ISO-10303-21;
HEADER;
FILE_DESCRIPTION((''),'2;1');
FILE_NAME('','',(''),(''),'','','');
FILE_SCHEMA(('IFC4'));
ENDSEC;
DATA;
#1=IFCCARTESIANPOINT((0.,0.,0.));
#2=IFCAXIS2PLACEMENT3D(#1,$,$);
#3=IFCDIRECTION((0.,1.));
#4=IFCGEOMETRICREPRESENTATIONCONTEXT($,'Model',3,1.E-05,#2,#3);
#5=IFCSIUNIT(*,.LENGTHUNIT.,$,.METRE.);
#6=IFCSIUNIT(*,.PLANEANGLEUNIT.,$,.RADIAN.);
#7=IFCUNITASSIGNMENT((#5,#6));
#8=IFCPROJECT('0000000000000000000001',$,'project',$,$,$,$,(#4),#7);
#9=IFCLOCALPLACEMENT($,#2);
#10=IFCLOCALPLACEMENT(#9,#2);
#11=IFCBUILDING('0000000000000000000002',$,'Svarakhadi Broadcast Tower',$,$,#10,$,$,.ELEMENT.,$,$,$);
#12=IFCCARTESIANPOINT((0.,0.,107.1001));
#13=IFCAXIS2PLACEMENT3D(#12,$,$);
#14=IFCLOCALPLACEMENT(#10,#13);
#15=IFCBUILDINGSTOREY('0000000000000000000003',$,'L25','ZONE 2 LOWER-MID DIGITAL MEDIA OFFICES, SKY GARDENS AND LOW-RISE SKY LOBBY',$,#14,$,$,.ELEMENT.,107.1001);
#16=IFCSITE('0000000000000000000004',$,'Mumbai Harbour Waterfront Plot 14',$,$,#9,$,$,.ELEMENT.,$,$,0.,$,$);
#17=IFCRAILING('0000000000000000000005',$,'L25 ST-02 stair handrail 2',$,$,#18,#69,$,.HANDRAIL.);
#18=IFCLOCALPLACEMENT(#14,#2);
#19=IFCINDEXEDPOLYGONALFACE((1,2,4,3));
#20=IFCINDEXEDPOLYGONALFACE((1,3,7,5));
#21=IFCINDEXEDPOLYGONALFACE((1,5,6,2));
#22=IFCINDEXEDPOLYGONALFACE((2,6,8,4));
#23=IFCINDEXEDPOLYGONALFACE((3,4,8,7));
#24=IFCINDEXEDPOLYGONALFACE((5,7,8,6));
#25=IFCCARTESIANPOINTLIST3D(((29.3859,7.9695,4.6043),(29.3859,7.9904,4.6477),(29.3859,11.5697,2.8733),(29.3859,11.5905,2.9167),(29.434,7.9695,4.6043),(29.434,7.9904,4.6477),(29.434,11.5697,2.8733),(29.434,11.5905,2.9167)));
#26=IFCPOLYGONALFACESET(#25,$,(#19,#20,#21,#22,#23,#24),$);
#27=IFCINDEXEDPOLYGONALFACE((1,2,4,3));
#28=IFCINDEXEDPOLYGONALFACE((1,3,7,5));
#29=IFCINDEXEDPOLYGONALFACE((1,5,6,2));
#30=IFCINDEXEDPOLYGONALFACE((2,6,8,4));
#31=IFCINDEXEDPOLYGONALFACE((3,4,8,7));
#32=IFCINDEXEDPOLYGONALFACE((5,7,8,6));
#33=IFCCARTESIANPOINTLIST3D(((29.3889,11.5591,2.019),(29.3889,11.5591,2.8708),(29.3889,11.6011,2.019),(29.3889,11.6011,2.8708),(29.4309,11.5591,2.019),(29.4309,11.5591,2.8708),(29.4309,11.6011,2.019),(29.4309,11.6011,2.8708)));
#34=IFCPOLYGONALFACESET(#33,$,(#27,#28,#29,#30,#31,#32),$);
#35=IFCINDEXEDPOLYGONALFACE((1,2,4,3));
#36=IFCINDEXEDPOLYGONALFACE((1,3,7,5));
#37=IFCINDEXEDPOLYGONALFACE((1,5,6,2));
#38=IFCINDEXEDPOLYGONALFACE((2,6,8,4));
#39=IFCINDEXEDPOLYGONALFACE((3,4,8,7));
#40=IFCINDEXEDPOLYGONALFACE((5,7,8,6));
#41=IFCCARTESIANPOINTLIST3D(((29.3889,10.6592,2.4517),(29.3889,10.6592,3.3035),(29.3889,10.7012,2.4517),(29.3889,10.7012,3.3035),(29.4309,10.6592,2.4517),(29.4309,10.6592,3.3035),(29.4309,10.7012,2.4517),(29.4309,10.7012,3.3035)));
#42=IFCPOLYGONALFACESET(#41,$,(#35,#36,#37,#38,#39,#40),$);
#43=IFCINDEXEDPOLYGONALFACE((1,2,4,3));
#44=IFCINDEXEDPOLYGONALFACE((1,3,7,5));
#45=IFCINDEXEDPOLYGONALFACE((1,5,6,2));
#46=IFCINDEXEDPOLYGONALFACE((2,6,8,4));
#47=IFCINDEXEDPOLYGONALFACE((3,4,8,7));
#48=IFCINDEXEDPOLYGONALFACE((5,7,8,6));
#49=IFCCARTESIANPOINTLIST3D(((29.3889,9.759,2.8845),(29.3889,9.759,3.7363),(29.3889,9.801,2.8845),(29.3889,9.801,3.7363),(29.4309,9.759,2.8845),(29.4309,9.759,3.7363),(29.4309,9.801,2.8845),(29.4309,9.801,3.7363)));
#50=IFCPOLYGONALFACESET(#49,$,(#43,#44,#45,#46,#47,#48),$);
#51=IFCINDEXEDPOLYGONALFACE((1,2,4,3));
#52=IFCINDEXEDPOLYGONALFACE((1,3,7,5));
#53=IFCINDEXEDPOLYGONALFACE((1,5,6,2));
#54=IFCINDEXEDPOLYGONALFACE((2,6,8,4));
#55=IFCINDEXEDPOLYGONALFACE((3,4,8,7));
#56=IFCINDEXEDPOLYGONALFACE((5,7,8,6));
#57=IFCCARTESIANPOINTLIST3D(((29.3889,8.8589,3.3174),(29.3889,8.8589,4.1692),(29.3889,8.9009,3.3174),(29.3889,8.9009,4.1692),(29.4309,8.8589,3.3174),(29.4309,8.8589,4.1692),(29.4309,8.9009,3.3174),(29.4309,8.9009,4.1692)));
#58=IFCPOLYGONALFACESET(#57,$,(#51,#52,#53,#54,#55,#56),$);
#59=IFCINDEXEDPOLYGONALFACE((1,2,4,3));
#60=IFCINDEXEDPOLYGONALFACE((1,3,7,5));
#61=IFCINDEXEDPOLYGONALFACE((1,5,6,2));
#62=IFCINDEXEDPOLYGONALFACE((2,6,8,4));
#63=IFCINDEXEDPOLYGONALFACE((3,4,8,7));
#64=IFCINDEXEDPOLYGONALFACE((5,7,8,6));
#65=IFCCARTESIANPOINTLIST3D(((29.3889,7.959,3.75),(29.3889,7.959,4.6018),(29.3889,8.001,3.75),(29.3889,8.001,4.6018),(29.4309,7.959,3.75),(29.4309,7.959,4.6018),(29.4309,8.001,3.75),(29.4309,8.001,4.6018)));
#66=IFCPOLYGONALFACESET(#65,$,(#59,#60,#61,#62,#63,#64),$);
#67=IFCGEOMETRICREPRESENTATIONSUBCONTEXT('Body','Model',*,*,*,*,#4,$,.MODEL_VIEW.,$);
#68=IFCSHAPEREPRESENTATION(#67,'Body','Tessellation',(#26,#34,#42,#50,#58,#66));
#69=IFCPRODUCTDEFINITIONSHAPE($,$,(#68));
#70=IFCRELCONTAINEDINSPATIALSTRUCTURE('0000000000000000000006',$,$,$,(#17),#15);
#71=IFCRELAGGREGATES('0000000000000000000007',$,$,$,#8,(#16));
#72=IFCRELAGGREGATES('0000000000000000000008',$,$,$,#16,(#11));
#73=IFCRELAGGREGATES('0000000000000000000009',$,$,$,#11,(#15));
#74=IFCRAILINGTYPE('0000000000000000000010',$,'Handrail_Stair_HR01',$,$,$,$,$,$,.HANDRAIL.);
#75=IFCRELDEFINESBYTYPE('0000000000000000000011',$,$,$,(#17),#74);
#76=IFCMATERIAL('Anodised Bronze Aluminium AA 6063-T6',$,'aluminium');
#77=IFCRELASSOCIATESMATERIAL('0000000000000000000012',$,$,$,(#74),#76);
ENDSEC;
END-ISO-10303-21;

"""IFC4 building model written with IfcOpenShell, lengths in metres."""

from ifc_helpers import new_model, si_unit, direction, frame, origin, origin_2d, place, context, subcontext, project, spatial, rectangle, extrude, material, type_object, element, save


model = new_model("IFC4")

# Units and contexts
model_context = context("Model", 3, precision=1e-05, world=origin(), true_north=direction((0.0, 1.0)))
body_context = subcontext(model_context, "Body", "Model", "MODEL_VIEW")
ifc_project = project(units=[si_unit("LENGTHUNIT", "METRE"), si_unit("PLANEANGLEUNIT", "RADIAN")], contexts=[model_context])

# Site, building, storey
site_placement = place(None, origin())
site = spatial("IfcSite", under=ifc_project, at=site_placement, Name="Mumbai Harbour Waterfront Plot 14", CompositionType="ELEMENT", RefElevation=0.0)
building_placement = place(site_placement, origin())
building = spatial("IfcBuilding", under=site, at=building_placement, Name="Svarakhadi Broadcast Tower", CompositionType="ELEMENT")
storey_placement = place(building_placement, frame((0.0, 0.0, 107.1001)))
storey = spatial("IfcBuildingStorey", under=building, at=storey_placement, Name="L25", Description="ZONE 2 LOWER-MID DIGITAL MEDIA OFFICES, SKY GARDENS AND LOW-RISE SKY LOBBY", CompositionType="ELEMENT", Elevation=107.1001)

# Shared definitions
ifc_material_1 = material(Name="Anodised Bronze Aluminium AA 6063-T6", Category="aluminium")

# Railing
railing_type_1 = type_object("IfcRailingType", Name="Handrail_Stair_HR01", PredefinedType="HANDRAIL", material=ifc_material_1)
railing_1_placement = place(storey_placement, frame((29.4099, 11.5801, 2.019)))
element("IfcRailing", 1, at=railing_1_placement, inside=storey, type_object=railing_type_1, Name="L25 ST-02 stair handrail 2", PredefinedType="HANDRAIL", context=body_context, shape_type="SweptSolid", body=[
    extrude(rectangle(XDim=0.0481, YDim=0.0481, at=origin_2d()), frame((0.0, 0.0, 0.876), z_axis=(0.0, -0.901239, 0.433323), x_axis=(1.0, 0.0, 0.0)), (0.0, 0.0, 1.0), 3.9946),
    extrude(rectangle(XDim=0.042, YDim=0.042, at=origin_2d()), origin(), (0.0, 0.0, 1.0), 0.8518),
    extrude(rectangle(XDim=0.042, YDim=0.042, at=origin_2d()), frame((0.0, -0.8999, 0.4326)), (0.0, 0.0, 1.0), 0.8518),
    extrude(rectangle(XDim=0.042, YDim=0.042, at=origin_2d()), frame((0.0, -1.8, 0.8655)), (0.0, 0.0, 1.0), 0.8518),
    extrude(rectangle(XDim=0.042, YDim=0.042, at=origin_2d()), frame((0.0, -2.7002, 1.2983)), (0.0, 0.0, 1.0), 0.8518),
    extrude(rectangle(XDim=0.042, YDim=0.042, at=origin_2d()), frame((0.0, -3.6001, 1.731)), (0.0, 0.0, 1.0), 0.8518),
])

save(model, "model.ifc")
